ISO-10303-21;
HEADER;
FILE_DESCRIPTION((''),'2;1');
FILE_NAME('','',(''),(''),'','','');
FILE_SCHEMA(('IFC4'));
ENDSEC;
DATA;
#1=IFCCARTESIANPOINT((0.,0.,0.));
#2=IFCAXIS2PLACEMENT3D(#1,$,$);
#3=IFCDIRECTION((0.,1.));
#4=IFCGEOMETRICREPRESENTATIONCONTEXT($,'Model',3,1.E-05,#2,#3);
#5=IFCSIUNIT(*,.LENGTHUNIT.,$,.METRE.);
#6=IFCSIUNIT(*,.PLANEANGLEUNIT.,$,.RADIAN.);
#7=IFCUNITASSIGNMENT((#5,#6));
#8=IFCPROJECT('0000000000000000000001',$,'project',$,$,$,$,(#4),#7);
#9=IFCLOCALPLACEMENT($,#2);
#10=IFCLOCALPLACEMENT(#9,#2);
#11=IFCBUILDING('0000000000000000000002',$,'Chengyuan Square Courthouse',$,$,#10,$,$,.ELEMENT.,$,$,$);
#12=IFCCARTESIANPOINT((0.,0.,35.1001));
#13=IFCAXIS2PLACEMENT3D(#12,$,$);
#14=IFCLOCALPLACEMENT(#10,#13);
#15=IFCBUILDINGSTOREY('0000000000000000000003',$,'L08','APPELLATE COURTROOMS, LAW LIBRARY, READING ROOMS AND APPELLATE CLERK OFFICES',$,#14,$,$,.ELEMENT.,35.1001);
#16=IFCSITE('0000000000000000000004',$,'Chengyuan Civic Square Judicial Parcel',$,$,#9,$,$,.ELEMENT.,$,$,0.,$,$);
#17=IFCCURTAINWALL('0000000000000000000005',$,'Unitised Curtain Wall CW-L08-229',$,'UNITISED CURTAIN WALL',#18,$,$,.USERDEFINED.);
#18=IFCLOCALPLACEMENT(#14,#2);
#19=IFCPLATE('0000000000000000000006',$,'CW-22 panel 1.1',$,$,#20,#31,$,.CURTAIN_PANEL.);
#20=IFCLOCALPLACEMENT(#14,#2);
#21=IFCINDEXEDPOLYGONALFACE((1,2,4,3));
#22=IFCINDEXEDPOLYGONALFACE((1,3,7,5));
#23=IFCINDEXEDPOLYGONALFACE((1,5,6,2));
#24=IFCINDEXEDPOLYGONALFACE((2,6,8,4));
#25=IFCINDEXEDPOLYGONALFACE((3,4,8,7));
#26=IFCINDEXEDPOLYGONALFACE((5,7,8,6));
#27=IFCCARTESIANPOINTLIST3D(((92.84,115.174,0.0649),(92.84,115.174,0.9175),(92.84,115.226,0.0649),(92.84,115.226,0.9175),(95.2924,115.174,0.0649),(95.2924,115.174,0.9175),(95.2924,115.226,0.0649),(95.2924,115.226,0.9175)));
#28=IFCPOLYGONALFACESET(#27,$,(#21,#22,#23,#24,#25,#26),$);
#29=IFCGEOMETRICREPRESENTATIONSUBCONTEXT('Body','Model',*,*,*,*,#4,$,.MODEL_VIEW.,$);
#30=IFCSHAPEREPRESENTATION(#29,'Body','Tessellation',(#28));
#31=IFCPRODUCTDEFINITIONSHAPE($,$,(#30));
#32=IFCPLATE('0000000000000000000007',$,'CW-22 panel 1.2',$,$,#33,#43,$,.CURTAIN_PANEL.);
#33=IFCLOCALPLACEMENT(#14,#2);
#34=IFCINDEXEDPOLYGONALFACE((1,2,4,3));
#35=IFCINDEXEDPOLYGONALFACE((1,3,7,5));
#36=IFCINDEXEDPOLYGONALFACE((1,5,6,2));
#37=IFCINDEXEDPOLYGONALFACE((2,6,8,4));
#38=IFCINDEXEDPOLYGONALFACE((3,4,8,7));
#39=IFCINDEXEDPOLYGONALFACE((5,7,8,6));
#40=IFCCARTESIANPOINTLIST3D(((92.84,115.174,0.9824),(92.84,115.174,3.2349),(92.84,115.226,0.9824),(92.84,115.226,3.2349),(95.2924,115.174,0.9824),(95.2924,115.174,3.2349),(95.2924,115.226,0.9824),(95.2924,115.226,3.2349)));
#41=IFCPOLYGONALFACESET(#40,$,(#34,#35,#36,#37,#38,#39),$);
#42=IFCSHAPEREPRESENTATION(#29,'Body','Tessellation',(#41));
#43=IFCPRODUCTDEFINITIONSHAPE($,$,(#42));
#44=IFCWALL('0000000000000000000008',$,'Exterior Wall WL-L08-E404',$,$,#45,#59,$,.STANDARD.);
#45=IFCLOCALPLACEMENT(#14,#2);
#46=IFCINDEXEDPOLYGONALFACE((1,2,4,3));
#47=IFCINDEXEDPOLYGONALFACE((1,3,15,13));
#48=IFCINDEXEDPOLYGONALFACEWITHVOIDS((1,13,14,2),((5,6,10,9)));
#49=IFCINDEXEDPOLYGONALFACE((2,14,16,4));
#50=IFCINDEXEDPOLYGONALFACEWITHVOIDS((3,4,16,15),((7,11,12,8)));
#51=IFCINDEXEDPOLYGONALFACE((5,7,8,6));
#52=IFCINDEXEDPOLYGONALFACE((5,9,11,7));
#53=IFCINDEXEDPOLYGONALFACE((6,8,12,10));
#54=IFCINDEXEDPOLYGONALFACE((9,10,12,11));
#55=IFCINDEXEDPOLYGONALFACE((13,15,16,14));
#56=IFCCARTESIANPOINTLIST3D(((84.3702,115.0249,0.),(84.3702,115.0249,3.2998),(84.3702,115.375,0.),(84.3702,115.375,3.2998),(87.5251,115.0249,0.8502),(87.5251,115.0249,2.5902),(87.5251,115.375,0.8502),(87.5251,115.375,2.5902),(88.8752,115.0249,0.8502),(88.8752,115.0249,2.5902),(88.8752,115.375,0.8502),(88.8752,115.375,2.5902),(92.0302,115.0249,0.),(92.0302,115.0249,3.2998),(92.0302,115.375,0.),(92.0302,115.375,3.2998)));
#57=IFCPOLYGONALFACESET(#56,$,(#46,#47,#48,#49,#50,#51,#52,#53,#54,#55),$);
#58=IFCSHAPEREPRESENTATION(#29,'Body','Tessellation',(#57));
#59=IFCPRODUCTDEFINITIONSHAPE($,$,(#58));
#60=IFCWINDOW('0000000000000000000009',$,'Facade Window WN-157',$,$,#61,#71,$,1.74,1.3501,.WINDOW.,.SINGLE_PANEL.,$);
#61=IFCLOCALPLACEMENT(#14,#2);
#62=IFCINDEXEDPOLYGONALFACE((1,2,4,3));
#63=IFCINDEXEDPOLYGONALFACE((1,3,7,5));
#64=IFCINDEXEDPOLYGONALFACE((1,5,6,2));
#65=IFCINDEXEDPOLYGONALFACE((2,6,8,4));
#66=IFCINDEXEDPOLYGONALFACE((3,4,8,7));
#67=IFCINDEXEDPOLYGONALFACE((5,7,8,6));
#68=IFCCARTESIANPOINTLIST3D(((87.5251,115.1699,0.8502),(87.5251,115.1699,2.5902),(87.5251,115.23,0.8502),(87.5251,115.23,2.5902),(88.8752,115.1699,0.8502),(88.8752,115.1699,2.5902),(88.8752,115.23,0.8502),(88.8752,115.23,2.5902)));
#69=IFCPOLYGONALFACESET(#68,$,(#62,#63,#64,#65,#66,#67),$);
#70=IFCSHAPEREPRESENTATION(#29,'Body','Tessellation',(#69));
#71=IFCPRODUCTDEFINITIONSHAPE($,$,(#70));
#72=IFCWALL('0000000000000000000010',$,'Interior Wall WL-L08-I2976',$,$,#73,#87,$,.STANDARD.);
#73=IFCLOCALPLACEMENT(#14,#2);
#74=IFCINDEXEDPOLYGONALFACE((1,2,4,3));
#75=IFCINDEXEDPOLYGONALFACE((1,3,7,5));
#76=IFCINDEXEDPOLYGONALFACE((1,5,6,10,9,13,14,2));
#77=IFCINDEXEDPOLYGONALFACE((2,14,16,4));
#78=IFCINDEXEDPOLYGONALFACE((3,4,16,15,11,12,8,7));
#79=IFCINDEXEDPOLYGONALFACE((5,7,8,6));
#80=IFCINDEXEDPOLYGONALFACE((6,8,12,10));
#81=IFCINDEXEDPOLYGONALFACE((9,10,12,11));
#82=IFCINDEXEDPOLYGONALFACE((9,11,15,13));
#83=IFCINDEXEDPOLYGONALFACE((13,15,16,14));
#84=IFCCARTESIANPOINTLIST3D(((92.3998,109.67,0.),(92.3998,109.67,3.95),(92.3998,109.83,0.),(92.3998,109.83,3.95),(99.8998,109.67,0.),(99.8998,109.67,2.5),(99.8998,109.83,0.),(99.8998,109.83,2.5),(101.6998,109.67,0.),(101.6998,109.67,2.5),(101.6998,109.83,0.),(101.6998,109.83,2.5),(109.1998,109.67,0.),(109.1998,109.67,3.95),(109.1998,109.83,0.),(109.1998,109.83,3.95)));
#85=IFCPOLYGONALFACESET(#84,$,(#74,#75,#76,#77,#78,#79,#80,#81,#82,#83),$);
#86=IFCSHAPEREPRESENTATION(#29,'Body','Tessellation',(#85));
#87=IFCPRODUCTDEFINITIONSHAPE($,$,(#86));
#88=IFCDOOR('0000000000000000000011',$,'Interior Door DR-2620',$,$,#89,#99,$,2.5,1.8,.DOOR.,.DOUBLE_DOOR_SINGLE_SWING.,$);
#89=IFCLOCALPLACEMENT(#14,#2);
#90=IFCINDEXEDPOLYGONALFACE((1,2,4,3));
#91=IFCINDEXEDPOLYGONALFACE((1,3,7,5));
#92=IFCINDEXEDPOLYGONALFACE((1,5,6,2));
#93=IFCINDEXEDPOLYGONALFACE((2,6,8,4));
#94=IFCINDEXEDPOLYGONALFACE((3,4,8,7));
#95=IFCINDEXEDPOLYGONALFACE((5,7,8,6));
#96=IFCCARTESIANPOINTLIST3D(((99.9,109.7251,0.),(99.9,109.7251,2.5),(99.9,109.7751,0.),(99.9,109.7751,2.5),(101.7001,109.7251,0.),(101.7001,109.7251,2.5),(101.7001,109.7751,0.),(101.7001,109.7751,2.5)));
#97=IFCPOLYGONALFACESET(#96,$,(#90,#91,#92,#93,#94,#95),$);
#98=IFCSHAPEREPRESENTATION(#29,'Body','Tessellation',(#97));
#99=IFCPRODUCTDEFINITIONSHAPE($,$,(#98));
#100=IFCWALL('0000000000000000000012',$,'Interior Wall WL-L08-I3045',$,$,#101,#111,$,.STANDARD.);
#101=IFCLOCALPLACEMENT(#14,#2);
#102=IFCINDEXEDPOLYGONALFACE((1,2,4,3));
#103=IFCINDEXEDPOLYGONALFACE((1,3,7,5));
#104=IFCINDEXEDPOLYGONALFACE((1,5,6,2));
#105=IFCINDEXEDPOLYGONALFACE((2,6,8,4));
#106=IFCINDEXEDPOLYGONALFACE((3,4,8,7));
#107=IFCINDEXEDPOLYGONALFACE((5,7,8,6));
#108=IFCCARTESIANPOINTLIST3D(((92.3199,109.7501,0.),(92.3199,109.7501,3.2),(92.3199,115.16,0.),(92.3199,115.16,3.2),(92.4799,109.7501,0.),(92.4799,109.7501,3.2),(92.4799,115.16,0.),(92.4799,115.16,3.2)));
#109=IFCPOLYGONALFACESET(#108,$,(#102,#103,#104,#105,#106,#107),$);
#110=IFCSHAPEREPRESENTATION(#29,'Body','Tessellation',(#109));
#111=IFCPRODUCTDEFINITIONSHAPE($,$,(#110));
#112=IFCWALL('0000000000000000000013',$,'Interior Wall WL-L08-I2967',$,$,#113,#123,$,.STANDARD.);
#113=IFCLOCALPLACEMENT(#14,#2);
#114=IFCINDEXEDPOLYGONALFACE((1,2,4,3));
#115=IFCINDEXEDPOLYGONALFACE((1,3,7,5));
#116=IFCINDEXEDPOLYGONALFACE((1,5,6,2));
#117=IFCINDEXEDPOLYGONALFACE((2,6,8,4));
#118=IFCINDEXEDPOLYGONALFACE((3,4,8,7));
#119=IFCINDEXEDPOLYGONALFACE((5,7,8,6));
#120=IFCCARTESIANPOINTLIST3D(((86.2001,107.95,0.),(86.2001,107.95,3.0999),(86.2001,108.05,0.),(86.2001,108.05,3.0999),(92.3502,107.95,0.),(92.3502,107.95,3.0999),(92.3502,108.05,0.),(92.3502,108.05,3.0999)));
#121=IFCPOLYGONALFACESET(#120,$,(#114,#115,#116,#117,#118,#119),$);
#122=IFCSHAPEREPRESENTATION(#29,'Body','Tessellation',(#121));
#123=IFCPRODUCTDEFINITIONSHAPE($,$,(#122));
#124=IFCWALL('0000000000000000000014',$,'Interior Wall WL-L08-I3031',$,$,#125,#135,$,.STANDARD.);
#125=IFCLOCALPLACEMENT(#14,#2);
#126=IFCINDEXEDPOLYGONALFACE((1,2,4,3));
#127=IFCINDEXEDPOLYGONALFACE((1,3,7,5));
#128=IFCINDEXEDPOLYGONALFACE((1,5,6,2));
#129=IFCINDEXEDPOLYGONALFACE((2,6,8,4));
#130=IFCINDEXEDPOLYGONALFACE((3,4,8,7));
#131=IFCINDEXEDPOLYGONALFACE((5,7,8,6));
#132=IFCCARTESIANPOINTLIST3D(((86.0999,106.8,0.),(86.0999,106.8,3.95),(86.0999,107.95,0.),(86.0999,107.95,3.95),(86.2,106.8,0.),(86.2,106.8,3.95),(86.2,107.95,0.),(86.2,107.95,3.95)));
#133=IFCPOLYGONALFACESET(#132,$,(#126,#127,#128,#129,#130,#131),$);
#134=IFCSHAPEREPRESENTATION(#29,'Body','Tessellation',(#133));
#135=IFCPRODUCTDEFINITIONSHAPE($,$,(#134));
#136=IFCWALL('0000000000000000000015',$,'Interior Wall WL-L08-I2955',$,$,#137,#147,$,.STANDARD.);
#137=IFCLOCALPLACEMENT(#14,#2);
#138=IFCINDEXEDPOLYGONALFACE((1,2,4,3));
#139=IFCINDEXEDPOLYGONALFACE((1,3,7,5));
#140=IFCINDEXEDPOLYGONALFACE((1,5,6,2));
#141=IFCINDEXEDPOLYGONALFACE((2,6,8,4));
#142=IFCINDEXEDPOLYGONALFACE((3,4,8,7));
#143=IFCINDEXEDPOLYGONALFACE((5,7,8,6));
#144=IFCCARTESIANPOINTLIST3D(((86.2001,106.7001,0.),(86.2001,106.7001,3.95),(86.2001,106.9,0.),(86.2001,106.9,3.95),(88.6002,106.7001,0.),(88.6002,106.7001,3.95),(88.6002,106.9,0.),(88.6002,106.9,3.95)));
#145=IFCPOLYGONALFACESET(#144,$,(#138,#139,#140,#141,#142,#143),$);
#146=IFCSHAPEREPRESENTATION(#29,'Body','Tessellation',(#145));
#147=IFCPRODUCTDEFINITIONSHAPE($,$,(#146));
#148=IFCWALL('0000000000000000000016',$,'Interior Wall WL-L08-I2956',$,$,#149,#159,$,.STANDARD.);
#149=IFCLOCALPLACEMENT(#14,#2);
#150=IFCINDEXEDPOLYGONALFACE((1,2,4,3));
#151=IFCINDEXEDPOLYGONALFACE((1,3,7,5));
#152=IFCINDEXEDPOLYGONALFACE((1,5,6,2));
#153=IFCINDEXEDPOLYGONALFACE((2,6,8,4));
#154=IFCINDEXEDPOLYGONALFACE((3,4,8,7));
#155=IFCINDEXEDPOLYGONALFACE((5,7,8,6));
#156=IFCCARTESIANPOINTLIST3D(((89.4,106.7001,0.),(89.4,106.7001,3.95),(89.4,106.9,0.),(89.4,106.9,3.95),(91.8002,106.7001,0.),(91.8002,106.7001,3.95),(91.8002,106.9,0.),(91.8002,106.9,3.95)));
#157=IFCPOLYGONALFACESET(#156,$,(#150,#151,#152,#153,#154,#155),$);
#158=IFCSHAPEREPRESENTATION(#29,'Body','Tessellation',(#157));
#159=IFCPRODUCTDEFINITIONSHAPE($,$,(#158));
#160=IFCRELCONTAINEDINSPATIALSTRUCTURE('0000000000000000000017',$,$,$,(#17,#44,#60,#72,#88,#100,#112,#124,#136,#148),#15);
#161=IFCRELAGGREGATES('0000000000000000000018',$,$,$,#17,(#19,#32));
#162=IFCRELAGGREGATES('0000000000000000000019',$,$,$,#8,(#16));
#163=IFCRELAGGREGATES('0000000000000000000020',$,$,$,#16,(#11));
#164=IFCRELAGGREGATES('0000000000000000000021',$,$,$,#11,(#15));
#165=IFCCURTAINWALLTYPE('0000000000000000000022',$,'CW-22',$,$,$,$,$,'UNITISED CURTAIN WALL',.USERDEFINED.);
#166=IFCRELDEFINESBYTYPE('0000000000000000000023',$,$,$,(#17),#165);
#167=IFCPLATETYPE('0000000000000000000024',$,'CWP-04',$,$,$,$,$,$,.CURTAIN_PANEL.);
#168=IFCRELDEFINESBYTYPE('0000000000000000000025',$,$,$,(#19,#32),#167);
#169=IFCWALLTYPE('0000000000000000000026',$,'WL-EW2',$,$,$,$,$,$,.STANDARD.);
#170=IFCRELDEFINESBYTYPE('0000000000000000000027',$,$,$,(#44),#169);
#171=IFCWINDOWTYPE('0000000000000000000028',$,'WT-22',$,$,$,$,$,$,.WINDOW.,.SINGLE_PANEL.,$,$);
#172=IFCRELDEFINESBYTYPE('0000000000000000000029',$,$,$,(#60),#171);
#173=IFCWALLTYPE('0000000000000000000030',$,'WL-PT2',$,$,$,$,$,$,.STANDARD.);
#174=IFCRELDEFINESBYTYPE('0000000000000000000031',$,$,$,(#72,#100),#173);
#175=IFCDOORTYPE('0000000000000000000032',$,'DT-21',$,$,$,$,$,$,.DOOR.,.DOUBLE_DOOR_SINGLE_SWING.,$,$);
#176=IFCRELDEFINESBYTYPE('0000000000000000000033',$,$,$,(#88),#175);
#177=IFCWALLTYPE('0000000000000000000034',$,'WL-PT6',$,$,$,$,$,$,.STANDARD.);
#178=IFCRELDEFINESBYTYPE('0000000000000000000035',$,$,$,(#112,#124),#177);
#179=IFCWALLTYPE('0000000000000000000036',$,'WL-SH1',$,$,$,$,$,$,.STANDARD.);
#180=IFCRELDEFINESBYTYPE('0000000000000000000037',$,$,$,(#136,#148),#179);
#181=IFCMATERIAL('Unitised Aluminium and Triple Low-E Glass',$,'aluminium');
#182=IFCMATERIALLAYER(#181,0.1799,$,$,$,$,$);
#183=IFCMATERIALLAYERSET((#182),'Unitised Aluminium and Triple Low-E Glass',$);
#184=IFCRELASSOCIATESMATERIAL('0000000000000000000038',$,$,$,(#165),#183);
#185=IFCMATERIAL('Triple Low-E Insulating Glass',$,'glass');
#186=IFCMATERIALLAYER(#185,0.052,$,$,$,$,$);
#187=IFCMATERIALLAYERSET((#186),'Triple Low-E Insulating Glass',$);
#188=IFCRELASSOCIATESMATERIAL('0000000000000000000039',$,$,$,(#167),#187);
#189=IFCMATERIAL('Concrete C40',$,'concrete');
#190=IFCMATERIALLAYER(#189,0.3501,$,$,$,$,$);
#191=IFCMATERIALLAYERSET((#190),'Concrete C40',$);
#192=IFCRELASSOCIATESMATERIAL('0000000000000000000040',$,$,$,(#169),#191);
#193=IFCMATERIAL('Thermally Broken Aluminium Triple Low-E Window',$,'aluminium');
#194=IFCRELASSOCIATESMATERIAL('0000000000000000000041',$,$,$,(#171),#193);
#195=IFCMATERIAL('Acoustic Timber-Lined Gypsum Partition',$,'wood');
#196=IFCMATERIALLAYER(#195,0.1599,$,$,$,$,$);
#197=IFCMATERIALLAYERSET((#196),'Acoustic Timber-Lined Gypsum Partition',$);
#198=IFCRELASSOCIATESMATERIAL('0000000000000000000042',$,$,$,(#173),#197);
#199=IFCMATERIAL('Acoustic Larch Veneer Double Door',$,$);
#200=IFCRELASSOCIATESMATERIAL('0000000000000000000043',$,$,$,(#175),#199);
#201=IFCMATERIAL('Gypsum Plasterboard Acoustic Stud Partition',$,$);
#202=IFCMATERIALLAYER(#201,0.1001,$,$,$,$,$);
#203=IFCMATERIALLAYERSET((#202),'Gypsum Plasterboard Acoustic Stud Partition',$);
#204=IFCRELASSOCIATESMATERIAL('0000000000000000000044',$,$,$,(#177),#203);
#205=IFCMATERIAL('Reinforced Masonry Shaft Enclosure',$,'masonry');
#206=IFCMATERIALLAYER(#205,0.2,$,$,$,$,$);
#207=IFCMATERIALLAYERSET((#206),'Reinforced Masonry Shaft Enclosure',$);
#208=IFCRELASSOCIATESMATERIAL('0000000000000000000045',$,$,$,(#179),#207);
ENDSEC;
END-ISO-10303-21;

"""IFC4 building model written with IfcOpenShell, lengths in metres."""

from ifc_helpers import new_model, si_unit, direction, frame, frame_2d, origin, origin_2d, place, context, subcontext, project, spatial, rectangle, extrude, material, layer, layer_set, type_object, element, fill, aggregate, save


model = new_model("IFC4")

# Units and contexts
model_context = context("Model", 3, precision=1e-05, world=origin(), true_north=direction((0.0, 1.0)))
body_context = subcontext(model_context, "Body", "Model", "MODEL_VIEW")
ifc_project = project(units=[si_unit("LENGTHUNIT", "METRE"), si_unit("PLANEANGLEUNIT", "RADIAN")], contexts=[model_context])

# Site, building, storey
site_placement = place(None, origin())
site = spatial("IfcSite", under=ifc_project, at=site_placement, Name="Chengyuan Civic Square Judicial Parcel", CompositionType="ELEMENT", RefElevation=0.0)
building_placement = place(site_placement, origin())
building = spatial("IfcBuilding", under=site, at=building_placement, Name="Chengyuan Square Courthouse", CompositionType="ELEMENT")
storey_placement = place(building_placement, frame((0.0, 0.0, 35.1001)))
storey = spatial("IfcBuildingStorey", under=building, at=storey_placement, Name="L08", Description="APPELLATE COURTROOMS, LAW LIBRARY, READING ROOMS AND APPELLATE CLERK OFFICES", CompositionType="ELEMENT", Elevation=35.1001)

# Shared definitions
ifc_material_1 = material(Name="Concrete C40", Category="concrete")

# Curtain wall, plates
ifc_material_2 = material(Name="Unitised Aluminium and Triple Low-E Glass", Category="aluminium")
ifc_layer_1 = layer(ifc_material_2, 0.1799)
ifc_layer_set_1 = layer_set([ifc_layer_1], Name="Unitised Aluminium and Triple Low-E Glass")
curtain_wall_type = type_object("IfcCurtainWallType", Name="CW-22", ElementType="UNITISED CURTAIN WALL", PredefinedType="USERDEFINED", material=ifc_layer_set_1)
curtain_wall_placement = place(storey_placement, origin())
curtain_wall = element("IfcCurtainWall", 1, at=curtain_wall_placement, inside=storey, type_object=curtain_wall_type, Name="Unitised Curtain Wall CW-L08-229", ObjectType="UNITISED CURTAIN WALL", PredefinedType="USERDEFINED")
ifc_material_3 = material(Name="Triple Low-E Insulating Glass", Category="glass")
ifc_layer_2 = layer(ifc_material_3, 0.052)
ifc_layer_set_2 = layer_set([ifc_layer_2], Name="Triple Low-E Insulating Glass")
plate_type = type_object("IfcPlateType", Name="CWP-04", PredefinedType="CURTAIN_PANEL", material=ifc_layer_set_2)
plate_1_placement = place(storey_placement, frame((94.0662, 115.2, 0.0649), z_axis=(0.0, 0.0, 1.0), x_axis=(1.0, 0.0, 0.0)))
plate_1 = element("IfcPlate", 2, at=plate_1_placement, type_object=plate_type, Name="CW-22 panel 1.1", PredefinedType="CURTAIN_PANEL", context=body_context, shape_type="SweptSolid", body=[
    extrude(rectangle(XDim=2.4524, YDim=0.052, at=origin_2d()), origin(), (0.0, 0.0, 1.0), 0.8525),
])
plate_2_placement = place(storey_placement, frame((94.0662, 115.2, 0.9824), z_axis=(0.0, 0.0, 1.0), x_axis=(1.0, 0.0, 0.0)))
plate_2 = element("IfcPlate", 3, at=plate_2_placement, type_object=plate_type, Name="CW-22 panel 1.2", PredefinedType="CURTAIN_PANEL", context=body_context, shape_type="SweptSolid", body=[
    extrude(rectangle(XDim=2.4524, YDim=0.052, at=origin_2d()), origin(), (0.0, 0.0, 1.0), 2.2524),
])
aggregate(curtain_wall, [plate_1, plate_2])

# Wall, opening, window
ifc_layer_3 = layer(ifc_material_1, 0.3501)
ifc_layer_set_3 = layer_set([ifc_layer_3], Name="Concrete C40")
wall_type_1 = type_object("IfcWallType", Name="WL-EW2", PredefinedType="STANDARD", material=ifc_layer_set_3)
wall_1_placement = place(storey_placement, frame((84.3701, 115.2, 0.0), z_axis=(0.0, 0.0, 1.0), x_axis=(1.0, 0.0, 0.0)))
wall_1 = element("IfcWall", 4, at=wall_1_placement, inside=storey, type_object=wall_type_1, Name="Exterior Wall WL-L08-E404", PredefinedType="STANDARD", context=body_context, shape_type="SweptSolid", body=[
    extrude(rectangle(XDim=7.6599, YDim=0.3501, at=frame_2d((3.8301, 0.0))), origin(), (0.0, 0.0, 1.0), 3.2998),
])
opening_1_placement = place(wall_1_placement, frame((3.155, 0.0, 0.8501)))
opening_1 = element("IfcOpeningElement", 5, at=opening_1_placement, cuts=wall_1, PredefinedType="OPENING", context=body_context, shape_type="SweptSolid", body=[
    extrude(rectangle(XDim=1.3501, YDim=1.74, at=frame_2d((0.675, 0.8701))), frame((0.0, 0.187, 0.0), z_axis=(0.0, -1.0, 0.0), x_axis=(1.0, 0.0, 0.0)), (0.0, 0.0, 1.0), 0.374),
])
ifc_material_4 = material(Name="Thermally Broken Aluminium Triple Low-E Window", Category="aluminium")
window_type = type_object("IfcWindowType", Name="WT-22", PartitioningType="SINGLE_PANEL", PredefinedType="WINDOW", material=ifc_material_4)
window_placement = place(opening_1_placement, origin())
window = element("IfcWindow", 6, at=window_placement, inside=storey, type_object=window_type, Name="Facade Window WN-157", OverallHeight=1.74, OverallWidth=1.3501, PartitioningType="SINGLE_PANEL", PredefinedType="WINDOW", context=body_context, shape_type="SweptSolid", body=[
    extrude(rectangle(XDim=1.3501, YDim=1.74, at=frame_2d((0.675, 0.8701))), frame((0.0, 0.03, 0.0), z_axis=(0.0, -1.0, 0.0), x_axis=(1.0, 0.0, 0.0)), (0.0, 0.0, 1.0), 0.0601),
])
fill(opening_1, window)

# Wall, opening, door
ifc_material_5 = material(Name="Acoustic Timber-Lined Gypsum Partition", Category="wood")
ifc_layer_4 = layer(ifc_material_5, 0.1599)
ifc_layer_set_4 = layer_set([ifc_layer_4], Name="Acoustic Timber-Lined Gypsum Partition")
wall_type_2 = type_object("IfcWallType", Name="WL-PT2", PredefinedType="STANDARD", material=ifc_layer_set_4)
wall_2_placement = place(storey_placement, frame((92.3999, 109.75, 0.0), z_axis=(0.0, 0.0, 1.0), x_axis=(1.0, 0.0, 0.0)))
wall_2 = element("IfcWall", 7, at=wall_2_placement, inside=storey, type_object=wall_type_2, Name="Interior Wall WL-L08-I2976", PredefinedType="STANDARD", context=body_context, shape_type="SweptSolid", body=[
    extrude(rectangle(XDim=16.8, YDim=0.1599, at=frame_2d((8.3999, 0.0))), origin(), (0.0, 0.0, 1.0), 3.95),
])
opening_2_placement = place(wall_2_placement, frame((7.5, 0.0, 0.0)))
opening_2 = element("IfcOpeningElement", 8, at=opening_2_placement, cuts=wall_2, PredefinedType="OPENING", context=body_context, shape_type="SweptSolid", body=[
    extrude(rectangle(XDim=1.8, YDim=2.5, at=frame_2d((0.8999, 1.25))), frame((0.0, 0.092, 0.0), z_axis=(0.0, -1.0, 0.0), x_axis=(1.0, 0.0, 0.0)), (0.0, 0.0, 1.0), 0.1838),
])
ifc_material_6 = material(Name="Acoustic Larch Veneer Double Door")
door_type_1 = type_object("IfcDoorType", Name="DT-21", OperationType="DOUBLE_DOOR_SINGLE_SWING", PredefinedType="DOOR", material=ifc_material_6)
door_1_placement = place(opening_2_placement, frame((1.8, 0.0, 0.0), z_axis=(0.0, 0.0, 1.0), x_axis=(-1.0, 0.0, 0.0)))
door_1 = element("IfcDoor", 9, at=door_1_placement, inside=storey, type_object=door_type_1, Name="Interior Door DR-2620", OperationType="DOUBLE_DOOR_SINGLE_SWING", OverallHeight=2.5, OverallWidth=1.8, PredefinedType="DOOR", context=body_context, shape_type="SweptSolid", body=[
    extrude(rectangle(XDim=1.8, YDim=2.5, at=frame_2d((0.8999, 1.25))), frame((0.0, 0.0249, 0.0), z_axis=(0.0, -1.0, 0.0), x_axis=(1.0, 0.0, 0.0)), (0.0, 0.0, 1.0), 0.05),
])
fill(opening_2, door_1)

# Walls
wall_3_placement = place(storey_placement, frame((92.3999, 109.75, 0.0), z_axis=(0.0, 0.0, 1.0), x_axis=(0.0, 1.0, 0.0)))
element("IfcWall", 10, at=wall_3_placement, inside=storey, type_object=wall_type_2, Name="Interior Wall WL-L08-I3045", PredefinedType="STANDARD", context=body_context, shape_type="SweptSolid", body=[
    extrude(rectangle(XDim=5.4099, YDim=0.1599, at=frame_2d((2.7051, 0.0))), origin(), (0.0, 0.0, 1.0), 3.2),
])
ifc_material_7 = material(Name="Gypsum Plasterboard Acoustic Stud Partition")
ifc_layer_5 = layer(ifc_material_7, 0.1001)
ifc_layer_set_5 = layer_set([ifc_layer_5], Name="Gypsum Plasterboard Acoustic Stud Partition")
wall_type_3 = type_object("IfcWallType", Name="WL-PT6", PredefinedType="STANDARD", material=ifc_layer_set_5)
wall_4_placement = place(storey_placement, frame((86.2, 108.0, 0.0), z_axis=(0.0, 0.0, 1.0), x_axis=(1.0, 0.0, 0.0)))
element("IfcWall", 11, at=wall_4_placement, inside=storey, type_object=wall_type_3, Name="Interior Wall WL-L08-I2967", PredefinedType="STANDARD", context=body_context, shape_type="SweptSolid", body=[
    extrude(rectangle(XDim=6.1501, YDim=0.1001, at=frame_2d((3.0752, 0.0))), origin(), (0.0, 0.0, 1.0), 3.0999),
])
wall_5_placement = place(storey_placement, frame((86.1499, 106.8, 0.0), z_axis=(0.0, 0.0, 1.0), x_axis=(0.0, 1.0, 0.0)))
element("IfcWall", 12, at=wall_5_placement, inside=storey, type_object=wall_type_3, Name="Interior Wall WL-L08-I3031", PredefinedType="STANDARD", context=body_context, shape_type="SweptSolid", body=[
    extrude(rectangle(XDim=1.1499, YDim=0.1001, at=frame_2d((0.575, 0.0))), origin(), (0.0, 0.0, 1.0), 3.95),
])
ifc_material_8 = material(Name="Reinforced Masonry Shaft Enclosure", Category="masonry")
ifc_layer_6 = layer(ifc_material_8, 0.2)
ifc_layer_set_6 = layer_set([ifc_layer_6], Name="Reinforced Masonry Shaft Enclosure")
wall_type_4 = type_object("IfcWallType", Name="WL-SH1", PredefinedType="STANDARD", material=ifc_layer_set_6)
for number, where, z_axis, x_axis, name in (
    (13, (86.2, 106.8, 0.0), (0.0, 0.0, 1.0), (1.0, 0.0, 0.0), "Interior Wall WL-L08-I2955"),
    (14, (89.3999, 106.8, 0.0), (0.0, 0.0, 1.0), (1.0, 0.0, 0.0), "Interior Wall WL-L08-I2956"),
):
    element("IfcWall", number, at=place(storey_placement, frame(where, z_axis=z_axis, x_axis=x_axis)), inside=storey, type_object=wall_type_4, Name=name, PredefinedType="STANDARD", context=body_context, shape_type="SweptSolid", body=[
        extrude(rectangle(XDim=2.4001, YDim=0.2, at=frame_2d((1.2002, 0.0))), origin(), (0.0, 0.0, 1.0), 3.95),
    ])

save(model, "model.ifc")
